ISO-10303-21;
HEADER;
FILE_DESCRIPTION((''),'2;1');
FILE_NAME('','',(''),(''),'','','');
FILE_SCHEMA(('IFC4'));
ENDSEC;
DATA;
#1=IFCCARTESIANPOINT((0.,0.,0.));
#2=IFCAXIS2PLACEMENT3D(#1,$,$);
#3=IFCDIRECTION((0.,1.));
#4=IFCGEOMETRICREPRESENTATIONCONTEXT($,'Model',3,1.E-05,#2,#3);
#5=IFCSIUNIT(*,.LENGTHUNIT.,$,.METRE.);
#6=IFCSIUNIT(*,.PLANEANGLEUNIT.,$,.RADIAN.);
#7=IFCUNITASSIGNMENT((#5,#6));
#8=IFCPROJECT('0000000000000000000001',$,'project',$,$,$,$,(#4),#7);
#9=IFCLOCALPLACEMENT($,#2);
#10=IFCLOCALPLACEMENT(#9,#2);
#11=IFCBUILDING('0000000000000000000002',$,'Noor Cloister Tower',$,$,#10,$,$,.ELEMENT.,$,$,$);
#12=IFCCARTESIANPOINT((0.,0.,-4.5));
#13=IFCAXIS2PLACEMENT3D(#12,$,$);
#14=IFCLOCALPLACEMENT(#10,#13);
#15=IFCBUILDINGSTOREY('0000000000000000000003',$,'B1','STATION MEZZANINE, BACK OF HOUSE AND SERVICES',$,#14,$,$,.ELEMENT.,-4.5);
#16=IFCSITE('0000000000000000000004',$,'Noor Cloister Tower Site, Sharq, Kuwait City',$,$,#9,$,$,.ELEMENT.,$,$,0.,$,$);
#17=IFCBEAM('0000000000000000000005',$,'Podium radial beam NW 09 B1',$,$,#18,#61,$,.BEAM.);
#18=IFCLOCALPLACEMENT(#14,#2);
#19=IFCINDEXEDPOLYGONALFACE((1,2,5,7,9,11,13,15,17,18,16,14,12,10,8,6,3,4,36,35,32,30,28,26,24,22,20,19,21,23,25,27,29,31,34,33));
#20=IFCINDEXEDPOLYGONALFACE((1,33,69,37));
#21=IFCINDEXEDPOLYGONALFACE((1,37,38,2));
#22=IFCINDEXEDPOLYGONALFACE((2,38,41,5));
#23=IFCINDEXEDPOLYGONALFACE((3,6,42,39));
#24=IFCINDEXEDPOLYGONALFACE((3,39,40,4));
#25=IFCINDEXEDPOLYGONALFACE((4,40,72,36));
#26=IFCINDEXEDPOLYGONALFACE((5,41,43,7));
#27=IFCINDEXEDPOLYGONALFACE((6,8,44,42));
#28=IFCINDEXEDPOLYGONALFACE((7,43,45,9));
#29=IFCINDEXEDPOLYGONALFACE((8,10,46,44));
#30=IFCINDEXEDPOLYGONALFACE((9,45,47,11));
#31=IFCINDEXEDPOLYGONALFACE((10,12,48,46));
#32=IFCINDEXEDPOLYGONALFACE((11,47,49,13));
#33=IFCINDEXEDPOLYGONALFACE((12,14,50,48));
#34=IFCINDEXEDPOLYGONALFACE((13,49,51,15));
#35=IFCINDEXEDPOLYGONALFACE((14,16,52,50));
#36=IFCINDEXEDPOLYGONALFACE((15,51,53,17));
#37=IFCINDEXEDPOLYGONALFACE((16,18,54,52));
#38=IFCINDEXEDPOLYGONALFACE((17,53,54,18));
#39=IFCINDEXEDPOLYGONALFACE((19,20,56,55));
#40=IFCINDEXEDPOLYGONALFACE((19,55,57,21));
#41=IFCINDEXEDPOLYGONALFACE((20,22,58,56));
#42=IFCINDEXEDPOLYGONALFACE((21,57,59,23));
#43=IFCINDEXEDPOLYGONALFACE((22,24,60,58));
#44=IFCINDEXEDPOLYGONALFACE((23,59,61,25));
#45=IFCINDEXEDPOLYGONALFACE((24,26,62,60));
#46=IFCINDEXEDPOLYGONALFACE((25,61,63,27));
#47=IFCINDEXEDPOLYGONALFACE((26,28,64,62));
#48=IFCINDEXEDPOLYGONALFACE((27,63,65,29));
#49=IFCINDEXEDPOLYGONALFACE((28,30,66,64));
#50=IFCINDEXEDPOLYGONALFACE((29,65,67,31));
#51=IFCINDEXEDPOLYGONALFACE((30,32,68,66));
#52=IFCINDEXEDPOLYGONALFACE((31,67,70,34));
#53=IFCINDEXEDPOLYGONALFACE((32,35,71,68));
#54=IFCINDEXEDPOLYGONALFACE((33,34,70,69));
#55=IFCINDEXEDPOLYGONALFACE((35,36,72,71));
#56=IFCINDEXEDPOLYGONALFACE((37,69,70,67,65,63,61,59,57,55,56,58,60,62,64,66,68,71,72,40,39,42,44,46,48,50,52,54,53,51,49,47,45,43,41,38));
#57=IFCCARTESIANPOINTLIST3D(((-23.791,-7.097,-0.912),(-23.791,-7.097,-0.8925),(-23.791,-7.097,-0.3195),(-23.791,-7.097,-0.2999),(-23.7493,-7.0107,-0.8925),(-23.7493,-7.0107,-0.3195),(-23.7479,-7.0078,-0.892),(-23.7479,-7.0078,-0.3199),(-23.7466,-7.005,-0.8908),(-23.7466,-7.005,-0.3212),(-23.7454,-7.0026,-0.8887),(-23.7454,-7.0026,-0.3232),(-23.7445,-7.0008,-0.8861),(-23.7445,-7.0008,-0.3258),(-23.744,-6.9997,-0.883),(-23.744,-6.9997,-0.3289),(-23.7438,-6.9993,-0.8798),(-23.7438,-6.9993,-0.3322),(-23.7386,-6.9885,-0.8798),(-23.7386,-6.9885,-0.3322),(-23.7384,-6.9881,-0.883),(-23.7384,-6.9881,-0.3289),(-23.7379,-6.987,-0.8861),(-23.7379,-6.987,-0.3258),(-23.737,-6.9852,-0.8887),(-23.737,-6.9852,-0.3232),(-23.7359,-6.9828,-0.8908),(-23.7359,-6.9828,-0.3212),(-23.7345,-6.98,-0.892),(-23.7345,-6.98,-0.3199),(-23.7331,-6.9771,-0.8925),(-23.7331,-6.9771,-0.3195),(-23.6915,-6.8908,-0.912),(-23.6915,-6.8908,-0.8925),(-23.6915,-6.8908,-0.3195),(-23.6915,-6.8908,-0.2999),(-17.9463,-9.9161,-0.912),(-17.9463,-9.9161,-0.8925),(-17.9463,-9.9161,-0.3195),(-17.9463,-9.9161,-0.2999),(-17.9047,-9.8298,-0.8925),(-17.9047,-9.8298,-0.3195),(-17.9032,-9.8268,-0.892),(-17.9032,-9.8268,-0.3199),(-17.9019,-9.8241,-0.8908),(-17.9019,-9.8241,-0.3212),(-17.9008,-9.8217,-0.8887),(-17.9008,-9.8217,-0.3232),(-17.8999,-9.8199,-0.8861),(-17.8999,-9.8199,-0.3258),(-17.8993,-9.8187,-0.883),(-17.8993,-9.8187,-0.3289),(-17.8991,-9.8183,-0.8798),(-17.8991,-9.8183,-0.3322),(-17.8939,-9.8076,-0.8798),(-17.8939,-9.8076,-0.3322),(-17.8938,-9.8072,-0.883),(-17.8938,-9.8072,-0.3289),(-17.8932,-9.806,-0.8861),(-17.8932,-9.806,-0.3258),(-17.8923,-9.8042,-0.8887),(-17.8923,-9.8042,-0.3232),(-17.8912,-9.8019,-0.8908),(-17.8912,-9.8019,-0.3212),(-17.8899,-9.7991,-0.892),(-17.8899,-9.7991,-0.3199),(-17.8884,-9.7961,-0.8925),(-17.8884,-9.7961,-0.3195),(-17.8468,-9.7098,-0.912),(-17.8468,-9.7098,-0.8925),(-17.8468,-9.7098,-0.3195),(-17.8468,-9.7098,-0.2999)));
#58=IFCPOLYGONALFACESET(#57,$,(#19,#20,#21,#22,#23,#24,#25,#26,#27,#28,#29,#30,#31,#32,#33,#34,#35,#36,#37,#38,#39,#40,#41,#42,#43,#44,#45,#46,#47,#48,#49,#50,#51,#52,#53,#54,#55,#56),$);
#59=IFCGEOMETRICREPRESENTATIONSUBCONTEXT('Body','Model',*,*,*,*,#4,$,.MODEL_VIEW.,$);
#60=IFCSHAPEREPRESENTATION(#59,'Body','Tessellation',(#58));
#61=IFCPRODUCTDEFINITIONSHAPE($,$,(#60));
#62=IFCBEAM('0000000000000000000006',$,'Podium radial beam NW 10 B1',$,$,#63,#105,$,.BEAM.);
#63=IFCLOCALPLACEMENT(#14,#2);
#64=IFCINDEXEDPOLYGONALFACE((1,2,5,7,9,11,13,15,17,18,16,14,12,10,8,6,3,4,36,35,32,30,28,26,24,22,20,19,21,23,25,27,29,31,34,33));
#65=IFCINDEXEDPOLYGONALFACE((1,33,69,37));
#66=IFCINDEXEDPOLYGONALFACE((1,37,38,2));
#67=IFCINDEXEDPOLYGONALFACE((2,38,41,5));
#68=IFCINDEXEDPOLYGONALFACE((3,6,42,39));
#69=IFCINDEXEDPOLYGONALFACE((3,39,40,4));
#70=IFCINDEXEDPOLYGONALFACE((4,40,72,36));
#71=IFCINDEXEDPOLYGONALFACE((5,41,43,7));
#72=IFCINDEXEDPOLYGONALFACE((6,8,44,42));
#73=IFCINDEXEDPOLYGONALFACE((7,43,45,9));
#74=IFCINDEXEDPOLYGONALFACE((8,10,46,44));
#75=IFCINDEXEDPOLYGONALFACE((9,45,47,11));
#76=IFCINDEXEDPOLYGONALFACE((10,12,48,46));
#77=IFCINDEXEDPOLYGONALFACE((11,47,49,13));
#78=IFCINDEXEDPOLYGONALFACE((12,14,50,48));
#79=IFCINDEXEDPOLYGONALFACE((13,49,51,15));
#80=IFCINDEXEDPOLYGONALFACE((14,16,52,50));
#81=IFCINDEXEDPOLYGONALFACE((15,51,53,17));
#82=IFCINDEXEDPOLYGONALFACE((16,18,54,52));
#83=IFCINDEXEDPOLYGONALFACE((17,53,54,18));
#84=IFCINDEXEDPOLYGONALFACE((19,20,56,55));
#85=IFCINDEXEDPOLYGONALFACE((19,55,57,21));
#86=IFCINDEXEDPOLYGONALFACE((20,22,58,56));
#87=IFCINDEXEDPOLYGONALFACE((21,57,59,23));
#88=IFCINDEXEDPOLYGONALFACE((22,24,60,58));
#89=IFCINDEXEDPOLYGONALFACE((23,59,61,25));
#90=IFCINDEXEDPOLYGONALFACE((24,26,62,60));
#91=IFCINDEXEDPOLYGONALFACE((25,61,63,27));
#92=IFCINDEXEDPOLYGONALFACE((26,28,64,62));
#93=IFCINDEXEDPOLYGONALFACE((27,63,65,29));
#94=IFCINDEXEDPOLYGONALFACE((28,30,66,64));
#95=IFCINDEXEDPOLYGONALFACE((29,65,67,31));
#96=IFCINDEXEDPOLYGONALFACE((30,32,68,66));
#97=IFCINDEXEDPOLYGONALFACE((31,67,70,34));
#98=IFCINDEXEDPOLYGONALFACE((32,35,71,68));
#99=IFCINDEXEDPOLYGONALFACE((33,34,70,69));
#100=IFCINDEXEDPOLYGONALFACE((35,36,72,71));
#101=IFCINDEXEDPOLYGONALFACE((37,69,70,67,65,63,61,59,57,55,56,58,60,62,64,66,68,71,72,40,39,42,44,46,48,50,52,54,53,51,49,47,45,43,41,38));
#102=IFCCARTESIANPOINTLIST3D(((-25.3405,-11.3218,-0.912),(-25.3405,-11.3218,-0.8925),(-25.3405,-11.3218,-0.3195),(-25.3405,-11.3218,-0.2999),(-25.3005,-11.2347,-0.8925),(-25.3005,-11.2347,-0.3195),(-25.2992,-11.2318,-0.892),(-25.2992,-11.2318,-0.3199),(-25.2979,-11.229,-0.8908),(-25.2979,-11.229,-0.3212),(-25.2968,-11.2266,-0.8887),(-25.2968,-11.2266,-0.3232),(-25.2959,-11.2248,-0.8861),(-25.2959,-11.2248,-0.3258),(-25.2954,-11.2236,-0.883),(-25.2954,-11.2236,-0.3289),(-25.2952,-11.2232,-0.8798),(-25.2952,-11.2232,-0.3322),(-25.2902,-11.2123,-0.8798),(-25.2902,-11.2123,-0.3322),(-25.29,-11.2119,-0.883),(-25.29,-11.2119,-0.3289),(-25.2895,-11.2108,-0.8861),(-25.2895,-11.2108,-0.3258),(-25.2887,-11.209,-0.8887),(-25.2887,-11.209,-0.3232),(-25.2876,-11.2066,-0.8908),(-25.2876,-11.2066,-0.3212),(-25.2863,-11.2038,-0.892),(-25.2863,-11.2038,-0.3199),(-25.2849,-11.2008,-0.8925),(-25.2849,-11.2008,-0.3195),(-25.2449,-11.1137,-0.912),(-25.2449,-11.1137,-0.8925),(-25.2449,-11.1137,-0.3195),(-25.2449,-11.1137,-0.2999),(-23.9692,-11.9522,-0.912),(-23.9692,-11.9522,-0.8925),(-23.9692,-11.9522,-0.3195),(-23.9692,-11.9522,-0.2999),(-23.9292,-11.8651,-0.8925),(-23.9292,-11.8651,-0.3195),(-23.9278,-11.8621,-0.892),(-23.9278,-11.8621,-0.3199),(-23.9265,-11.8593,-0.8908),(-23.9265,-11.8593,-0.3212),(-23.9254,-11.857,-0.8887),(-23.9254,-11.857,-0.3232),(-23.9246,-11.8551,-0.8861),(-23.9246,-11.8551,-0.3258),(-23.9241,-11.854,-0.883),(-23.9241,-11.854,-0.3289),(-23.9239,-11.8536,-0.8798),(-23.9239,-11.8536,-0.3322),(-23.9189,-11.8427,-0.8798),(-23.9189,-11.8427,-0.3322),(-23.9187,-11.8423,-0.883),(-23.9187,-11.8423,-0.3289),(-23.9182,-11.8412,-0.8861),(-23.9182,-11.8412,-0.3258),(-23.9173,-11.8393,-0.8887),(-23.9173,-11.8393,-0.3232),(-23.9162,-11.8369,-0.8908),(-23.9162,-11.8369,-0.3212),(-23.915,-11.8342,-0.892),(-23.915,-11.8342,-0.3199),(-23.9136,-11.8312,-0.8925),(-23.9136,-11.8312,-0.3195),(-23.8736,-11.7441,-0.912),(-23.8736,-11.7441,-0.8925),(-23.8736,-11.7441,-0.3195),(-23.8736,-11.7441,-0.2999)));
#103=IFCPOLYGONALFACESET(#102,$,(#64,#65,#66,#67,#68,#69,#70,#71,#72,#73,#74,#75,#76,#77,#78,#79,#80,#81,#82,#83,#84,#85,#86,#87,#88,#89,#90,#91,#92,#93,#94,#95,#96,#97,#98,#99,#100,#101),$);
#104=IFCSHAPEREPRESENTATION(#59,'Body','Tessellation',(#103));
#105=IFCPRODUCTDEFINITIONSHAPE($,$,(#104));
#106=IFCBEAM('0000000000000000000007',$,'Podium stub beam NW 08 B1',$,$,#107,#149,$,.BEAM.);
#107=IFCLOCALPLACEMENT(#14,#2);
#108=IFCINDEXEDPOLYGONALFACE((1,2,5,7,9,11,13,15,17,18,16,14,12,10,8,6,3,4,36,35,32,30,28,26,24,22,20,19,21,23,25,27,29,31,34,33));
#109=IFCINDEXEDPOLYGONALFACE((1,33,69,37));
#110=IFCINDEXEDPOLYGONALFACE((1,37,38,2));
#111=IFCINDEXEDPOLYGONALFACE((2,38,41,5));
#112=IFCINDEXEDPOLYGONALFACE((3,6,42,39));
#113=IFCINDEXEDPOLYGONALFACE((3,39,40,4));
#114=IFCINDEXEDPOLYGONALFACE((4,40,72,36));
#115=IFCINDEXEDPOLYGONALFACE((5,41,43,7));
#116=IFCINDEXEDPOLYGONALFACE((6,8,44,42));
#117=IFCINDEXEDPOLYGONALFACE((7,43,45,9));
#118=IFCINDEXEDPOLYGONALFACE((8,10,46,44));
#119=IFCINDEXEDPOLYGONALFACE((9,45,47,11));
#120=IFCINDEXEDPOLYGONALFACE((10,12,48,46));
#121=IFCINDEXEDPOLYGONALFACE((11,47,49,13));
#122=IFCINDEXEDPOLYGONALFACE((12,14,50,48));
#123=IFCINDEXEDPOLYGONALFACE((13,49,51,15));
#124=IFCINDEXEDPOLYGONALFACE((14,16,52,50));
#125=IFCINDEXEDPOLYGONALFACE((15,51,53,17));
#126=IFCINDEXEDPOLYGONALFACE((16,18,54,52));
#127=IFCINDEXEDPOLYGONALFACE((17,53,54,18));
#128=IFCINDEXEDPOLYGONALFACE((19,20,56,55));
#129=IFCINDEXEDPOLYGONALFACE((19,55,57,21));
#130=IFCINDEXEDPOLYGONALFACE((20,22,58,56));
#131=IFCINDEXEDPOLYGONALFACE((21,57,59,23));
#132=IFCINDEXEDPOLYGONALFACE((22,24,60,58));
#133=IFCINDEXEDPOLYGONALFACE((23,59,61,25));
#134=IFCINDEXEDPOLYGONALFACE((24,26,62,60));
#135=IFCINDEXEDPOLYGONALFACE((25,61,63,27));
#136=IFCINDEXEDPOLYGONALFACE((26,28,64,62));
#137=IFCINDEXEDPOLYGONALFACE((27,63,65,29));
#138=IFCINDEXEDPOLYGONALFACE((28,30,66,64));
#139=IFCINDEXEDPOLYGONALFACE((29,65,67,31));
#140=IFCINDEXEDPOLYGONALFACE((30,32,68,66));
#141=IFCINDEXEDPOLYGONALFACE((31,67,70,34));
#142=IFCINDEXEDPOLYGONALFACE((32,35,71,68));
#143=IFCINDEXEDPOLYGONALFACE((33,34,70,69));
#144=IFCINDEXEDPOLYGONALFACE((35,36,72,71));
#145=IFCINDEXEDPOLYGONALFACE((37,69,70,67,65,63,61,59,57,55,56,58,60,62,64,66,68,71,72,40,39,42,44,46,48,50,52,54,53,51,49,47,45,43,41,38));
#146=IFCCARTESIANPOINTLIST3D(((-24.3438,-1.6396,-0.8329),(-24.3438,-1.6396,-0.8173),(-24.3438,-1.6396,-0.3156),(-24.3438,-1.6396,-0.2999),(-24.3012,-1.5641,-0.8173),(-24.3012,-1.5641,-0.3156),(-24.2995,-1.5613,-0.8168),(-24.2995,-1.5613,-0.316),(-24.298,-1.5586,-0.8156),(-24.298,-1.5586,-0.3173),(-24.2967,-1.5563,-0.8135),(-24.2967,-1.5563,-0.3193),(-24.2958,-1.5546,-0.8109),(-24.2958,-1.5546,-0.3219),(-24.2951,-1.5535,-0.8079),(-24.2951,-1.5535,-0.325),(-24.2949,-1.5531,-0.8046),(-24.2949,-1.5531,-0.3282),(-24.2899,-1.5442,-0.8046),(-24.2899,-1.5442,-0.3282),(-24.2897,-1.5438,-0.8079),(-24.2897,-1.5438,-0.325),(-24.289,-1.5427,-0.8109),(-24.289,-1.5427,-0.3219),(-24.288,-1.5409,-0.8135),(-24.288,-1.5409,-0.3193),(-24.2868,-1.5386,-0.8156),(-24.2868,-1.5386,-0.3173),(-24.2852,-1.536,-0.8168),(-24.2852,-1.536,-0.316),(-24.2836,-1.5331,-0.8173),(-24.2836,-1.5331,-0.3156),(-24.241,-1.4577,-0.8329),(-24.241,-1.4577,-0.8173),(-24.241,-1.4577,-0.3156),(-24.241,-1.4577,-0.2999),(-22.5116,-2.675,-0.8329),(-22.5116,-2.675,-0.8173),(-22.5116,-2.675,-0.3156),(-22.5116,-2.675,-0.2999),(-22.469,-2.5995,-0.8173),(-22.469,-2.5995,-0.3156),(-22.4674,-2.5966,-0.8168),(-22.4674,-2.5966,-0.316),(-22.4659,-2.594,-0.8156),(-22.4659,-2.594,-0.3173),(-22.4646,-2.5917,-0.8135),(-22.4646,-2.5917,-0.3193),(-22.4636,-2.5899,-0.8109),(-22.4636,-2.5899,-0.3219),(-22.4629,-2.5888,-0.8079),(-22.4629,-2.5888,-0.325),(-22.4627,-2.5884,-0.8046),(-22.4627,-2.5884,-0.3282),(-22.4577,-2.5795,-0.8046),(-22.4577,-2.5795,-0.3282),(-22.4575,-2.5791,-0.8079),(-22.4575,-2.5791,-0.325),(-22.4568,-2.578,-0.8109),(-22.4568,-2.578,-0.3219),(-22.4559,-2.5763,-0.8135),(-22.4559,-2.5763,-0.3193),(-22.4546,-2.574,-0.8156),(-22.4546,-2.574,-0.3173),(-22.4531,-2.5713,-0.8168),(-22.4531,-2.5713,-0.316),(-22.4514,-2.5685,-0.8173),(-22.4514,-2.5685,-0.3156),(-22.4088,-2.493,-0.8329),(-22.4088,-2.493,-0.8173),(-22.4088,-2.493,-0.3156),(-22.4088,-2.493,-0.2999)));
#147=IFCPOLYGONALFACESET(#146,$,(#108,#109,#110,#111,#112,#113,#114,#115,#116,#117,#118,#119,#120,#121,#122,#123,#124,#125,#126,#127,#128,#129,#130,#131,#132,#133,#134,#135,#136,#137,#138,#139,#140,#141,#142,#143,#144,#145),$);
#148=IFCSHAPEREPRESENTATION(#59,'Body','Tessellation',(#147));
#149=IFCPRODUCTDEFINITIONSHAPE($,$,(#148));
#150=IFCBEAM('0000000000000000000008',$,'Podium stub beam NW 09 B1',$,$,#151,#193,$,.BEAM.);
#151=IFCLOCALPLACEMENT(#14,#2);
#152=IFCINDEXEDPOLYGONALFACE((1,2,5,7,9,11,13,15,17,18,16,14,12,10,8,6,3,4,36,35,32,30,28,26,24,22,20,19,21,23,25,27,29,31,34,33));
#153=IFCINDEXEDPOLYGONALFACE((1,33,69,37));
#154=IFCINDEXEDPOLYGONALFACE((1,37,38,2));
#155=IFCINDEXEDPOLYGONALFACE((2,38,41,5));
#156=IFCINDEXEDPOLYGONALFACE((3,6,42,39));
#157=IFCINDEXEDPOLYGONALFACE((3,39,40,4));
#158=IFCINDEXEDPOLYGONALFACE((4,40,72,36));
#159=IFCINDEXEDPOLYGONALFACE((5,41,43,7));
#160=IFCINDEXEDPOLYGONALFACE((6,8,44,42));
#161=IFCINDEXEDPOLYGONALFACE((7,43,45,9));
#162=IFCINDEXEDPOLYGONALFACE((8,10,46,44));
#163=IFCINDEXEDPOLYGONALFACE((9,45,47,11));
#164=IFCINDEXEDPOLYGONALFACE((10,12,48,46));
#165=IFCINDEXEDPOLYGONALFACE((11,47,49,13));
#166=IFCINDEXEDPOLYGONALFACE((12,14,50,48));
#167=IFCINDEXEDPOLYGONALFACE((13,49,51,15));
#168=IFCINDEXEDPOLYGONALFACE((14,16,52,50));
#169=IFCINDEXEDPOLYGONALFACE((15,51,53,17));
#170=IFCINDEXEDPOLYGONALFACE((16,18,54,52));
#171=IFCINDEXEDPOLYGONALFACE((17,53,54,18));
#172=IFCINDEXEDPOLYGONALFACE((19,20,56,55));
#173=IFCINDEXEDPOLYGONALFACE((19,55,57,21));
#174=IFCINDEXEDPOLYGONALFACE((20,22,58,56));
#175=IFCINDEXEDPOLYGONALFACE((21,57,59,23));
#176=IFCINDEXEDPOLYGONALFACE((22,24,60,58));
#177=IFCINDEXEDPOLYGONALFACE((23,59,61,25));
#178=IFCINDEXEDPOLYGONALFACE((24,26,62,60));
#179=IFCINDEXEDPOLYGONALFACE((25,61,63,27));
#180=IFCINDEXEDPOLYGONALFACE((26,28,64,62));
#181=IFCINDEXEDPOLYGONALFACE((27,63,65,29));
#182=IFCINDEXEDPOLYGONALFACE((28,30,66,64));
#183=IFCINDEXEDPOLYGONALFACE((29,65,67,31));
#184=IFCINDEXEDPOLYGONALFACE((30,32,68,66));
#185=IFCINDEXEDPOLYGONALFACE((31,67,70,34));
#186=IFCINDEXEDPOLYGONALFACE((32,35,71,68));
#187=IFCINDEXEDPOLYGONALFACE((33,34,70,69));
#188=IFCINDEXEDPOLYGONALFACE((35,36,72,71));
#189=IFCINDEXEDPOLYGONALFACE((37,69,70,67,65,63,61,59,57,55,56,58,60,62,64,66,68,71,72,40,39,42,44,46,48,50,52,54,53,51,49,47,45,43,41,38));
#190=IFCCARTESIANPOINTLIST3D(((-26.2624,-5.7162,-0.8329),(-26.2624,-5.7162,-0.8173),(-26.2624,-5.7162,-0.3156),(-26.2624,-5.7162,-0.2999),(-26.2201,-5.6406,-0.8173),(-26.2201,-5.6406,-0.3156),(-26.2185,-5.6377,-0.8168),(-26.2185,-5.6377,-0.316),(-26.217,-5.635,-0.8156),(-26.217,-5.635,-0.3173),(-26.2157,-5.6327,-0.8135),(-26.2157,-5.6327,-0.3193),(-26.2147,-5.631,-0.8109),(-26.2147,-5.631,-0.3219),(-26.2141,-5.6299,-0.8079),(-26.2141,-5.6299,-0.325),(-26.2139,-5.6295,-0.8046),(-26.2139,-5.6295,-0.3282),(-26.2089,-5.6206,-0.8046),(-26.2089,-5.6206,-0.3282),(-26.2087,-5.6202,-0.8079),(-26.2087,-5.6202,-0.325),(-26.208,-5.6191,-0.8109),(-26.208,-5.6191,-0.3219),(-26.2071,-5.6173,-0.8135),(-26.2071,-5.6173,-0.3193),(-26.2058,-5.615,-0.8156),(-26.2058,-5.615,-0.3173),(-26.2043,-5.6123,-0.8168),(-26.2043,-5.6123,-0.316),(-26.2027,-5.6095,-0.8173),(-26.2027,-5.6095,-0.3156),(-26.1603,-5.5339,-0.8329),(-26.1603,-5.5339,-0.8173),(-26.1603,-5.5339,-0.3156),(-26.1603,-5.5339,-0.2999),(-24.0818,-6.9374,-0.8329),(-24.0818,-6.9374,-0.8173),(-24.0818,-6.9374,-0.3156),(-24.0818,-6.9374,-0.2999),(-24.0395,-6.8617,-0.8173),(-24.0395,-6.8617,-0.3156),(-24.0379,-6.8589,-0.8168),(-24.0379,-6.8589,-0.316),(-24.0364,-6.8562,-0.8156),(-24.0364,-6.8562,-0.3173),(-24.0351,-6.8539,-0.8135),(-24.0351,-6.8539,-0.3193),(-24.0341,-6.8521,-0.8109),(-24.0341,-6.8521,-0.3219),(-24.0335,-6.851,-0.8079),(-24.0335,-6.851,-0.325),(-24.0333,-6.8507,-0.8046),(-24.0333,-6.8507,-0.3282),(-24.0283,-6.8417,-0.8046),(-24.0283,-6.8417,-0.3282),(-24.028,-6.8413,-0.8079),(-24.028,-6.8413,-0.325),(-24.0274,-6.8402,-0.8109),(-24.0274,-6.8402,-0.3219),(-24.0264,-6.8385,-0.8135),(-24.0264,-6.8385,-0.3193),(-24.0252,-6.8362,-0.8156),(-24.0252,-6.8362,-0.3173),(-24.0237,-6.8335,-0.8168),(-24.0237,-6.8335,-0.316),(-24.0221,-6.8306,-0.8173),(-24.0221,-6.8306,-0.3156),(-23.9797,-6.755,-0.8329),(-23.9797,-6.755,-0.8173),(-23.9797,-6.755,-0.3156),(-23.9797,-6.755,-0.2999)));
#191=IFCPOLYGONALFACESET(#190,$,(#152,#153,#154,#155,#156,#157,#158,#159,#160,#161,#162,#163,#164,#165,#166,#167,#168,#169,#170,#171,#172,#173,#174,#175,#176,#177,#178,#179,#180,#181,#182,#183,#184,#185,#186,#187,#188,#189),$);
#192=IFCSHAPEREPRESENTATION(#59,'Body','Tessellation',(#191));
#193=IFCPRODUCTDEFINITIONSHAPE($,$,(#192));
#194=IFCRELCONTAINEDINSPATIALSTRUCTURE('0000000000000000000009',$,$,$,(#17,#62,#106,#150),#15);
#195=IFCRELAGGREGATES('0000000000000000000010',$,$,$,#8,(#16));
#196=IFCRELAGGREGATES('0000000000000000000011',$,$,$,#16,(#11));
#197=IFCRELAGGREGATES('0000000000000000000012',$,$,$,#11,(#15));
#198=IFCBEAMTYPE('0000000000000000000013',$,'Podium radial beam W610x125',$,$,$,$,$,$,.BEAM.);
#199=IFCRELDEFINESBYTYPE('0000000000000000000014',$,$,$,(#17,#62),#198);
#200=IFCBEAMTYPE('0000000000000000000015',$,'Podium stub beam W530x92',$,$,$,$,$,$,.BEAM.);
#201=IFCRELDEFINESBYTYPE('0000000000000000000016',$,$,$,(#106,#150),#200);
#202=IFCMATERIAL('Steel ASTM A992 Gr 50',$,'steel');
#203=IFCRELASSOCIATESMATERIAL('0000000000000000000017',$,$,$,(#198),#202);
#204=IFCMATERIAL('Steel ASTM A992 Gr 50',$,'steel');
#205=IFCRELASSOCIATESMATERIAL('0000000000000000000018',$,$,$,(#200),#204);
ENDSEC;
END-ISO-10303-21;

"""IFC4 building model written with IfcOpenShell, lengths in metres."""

from ifc_helpers import new_model, si_unit, direction, frame, origin, origin_2d, place, context, subcontext, project, spatial, i_section, extrude, material, material_profile, profile_set, type_object, element, save


model = new_model("IFC4")

# Units and contexts
model_context = context("Model", 3, precision=1e-05, world=origin(), true_north=direction((0.0, 1.0)))
body_context = subcontext(model_context, "Body", "Model", "MODEL_VIEW")
ifc_project = project(units=[si_unit("LENGTHUNIT", "METRE"), si_unit("PLANEANGLEUNIT", "RADIAN")], contexts=[model_context])

# Site, building, storey
site_placement = place(None, origin())
site = spatial("IfcSite", under=ifc_project, at=site_placement, Name="Noor Cloister Tower Site, Sharq, Kuwait City", CompositionType="ELEMENT", RefElevation=0.0)
building_placement = place(site_placement, origin())
building = spatial("IfcBuilding", under=site, at=building_placement, Name="Noor Cloister Tower", CompositionType="ELEMENT")
storey_placement = place(building_placement, frame((0.0, 0.0, -4.5)))
storey = spatial("IfcBuildingStorey", under=building, at=storey_placement, Name="B1", Description="STATION MEZZANINE, BACK OF HOUSE AND SERVICES", CompositionType="ELEMENT", Elevation=-4.5)

# Beams
ifc_material_1 = material(Name="Steel ASTM A992 Gr 50", Category="steel")
ifc_material_profile_1 = material_profile(ifc_material_1, i_section(OverallWidth=0.229, OverallDepth=0.6121, WebThickness=0.012, FlangeThickness=0.0195, FilletRadius=0.0127, at=origin_2d()), Name="W610x125")
ifc_profile_set_1 = profile_set([ifc_material_profile_1], Name="Steel ASTM A992 Gr 50")
beam_type_1 = type_object("IfcBeamType", Name="Podium radial beam W610x125", PredefinedType="BEAM", material=ifc_profile_set_1)
beam_1_placement = place(storey_placement, frame((-23.7412, -6.9939, -0.606), z_axis=(0.900702, -0.434437, 0.0), x_axis=(0.434437, 0.900702, 0.0)))
element("IfcBeam", 1, at=beam_1_placement, inside=storey, type_object=beam_type_1, Name="Podium radial beam NW 09 B1", PredefinedType="BEAM", context=body_context, shape_type="SweptSolid", body=[
    extrude(i_section(OverallWidth=0.229, OverallDepth=0.6121, WebThickness=0.012, FlangeThickness=0.0195, FilletRadius=0.0127, at=origin_2d()), origin(), (0.0, 0.0, 1.0), 6.489),
])
beam_2_placement = place(storey_placement, frame((-25.2927, -11.2178, -0.606), z_axis=(0.908602, -0.417663, 0.0), x_axis=(0.417663, 0.908602, 0.0)))
element("IfcBeam", 2, at=beam_2_placement, inside=storey, type_object=beam_type_1, Name="Podium radial beam NW 10 B1", PredefinedType="BEAM", context=body_context, shape_type="SweptSolid", body=[
    extrude(i_section(OverallWidth=0.229, OverallDepth=0.6121, WebThickness=0.012, FlangeThickness=0.0195, FilletRadius=0.0127, at=origin_2d()), origin(), (0.0, 0.0, 1.0), 1.5093),
])
ifc_material_2 = material(Name="Steel ASTM A992 Gr 50", Category="steel")
ifc_material_profile_2 = material_profile(ifc_material_2, i_section(OverallWidth=0.209, OverallDepth=0.533, WebThickness=0.0103, FlangeThickness=0.0156, FilletRadius=0.0127, at=origin_2d()), Name="W530x92")
ifc_profile_set_2 = profile_set([ifc_material_profile_2], Name="Steel ASTM A992 Gr 50")
beam_type_2 = type_object("IfcBeamType", Name="Podium stub beam W530x92", PredefinedType="BEAM", material=ifc_profile_set_2)
beam_3_placement = place(storey_placement, frame((-22.4602, -2.584, -0.5664), z_axis=(-0.87061, 0.491973, 0.0), x_axis=(-0.491973, -0.87061, 0.0)))
element("IfcBeam", 3, at=beam_3_placement, inside=storey, type_object=beam_type_2, Name="Podium stub beam NW 08 B1", PredefinedType="BEAM", context=body_context, shape_type="SweptSolid", body=[
    extrude(i_section(OverallWidth=0.209, OverallDepth=0.533, WebThickness=0.0103, FlangeThickness=0.0156, FilletRadius=0.0127, at=origin_2d()), origin(), (0.0, 0.0, 1.0), 2.1045),
])
beam_4_placement = place(storey_placement, frame((-24.0308, -6.8462, -0.5664), z_axis=(-0.872503, 0.488609, 0.0), x_axis=(-0.488609, -0.872503, 0.0)))
element("IfcBeam", 4, at=beam_4_placement, inside=storey, type_object=beam_type_2, Name="Podium stub beam NW 09 B1", PredefinedType="BEAM", context=body_context, shape_type="SweptSolid", body=[
    extrude(i_section(OverallWidth=0.209, OverallDepth=0.533, WebThickness=0.0103, FlangeThickness=0.0156, FilletRadius=0.0127, at=origin_2d()), origin(), (0.0, 0.0, 1.0), 2.4993),
])

save(model, "model.ifc")
